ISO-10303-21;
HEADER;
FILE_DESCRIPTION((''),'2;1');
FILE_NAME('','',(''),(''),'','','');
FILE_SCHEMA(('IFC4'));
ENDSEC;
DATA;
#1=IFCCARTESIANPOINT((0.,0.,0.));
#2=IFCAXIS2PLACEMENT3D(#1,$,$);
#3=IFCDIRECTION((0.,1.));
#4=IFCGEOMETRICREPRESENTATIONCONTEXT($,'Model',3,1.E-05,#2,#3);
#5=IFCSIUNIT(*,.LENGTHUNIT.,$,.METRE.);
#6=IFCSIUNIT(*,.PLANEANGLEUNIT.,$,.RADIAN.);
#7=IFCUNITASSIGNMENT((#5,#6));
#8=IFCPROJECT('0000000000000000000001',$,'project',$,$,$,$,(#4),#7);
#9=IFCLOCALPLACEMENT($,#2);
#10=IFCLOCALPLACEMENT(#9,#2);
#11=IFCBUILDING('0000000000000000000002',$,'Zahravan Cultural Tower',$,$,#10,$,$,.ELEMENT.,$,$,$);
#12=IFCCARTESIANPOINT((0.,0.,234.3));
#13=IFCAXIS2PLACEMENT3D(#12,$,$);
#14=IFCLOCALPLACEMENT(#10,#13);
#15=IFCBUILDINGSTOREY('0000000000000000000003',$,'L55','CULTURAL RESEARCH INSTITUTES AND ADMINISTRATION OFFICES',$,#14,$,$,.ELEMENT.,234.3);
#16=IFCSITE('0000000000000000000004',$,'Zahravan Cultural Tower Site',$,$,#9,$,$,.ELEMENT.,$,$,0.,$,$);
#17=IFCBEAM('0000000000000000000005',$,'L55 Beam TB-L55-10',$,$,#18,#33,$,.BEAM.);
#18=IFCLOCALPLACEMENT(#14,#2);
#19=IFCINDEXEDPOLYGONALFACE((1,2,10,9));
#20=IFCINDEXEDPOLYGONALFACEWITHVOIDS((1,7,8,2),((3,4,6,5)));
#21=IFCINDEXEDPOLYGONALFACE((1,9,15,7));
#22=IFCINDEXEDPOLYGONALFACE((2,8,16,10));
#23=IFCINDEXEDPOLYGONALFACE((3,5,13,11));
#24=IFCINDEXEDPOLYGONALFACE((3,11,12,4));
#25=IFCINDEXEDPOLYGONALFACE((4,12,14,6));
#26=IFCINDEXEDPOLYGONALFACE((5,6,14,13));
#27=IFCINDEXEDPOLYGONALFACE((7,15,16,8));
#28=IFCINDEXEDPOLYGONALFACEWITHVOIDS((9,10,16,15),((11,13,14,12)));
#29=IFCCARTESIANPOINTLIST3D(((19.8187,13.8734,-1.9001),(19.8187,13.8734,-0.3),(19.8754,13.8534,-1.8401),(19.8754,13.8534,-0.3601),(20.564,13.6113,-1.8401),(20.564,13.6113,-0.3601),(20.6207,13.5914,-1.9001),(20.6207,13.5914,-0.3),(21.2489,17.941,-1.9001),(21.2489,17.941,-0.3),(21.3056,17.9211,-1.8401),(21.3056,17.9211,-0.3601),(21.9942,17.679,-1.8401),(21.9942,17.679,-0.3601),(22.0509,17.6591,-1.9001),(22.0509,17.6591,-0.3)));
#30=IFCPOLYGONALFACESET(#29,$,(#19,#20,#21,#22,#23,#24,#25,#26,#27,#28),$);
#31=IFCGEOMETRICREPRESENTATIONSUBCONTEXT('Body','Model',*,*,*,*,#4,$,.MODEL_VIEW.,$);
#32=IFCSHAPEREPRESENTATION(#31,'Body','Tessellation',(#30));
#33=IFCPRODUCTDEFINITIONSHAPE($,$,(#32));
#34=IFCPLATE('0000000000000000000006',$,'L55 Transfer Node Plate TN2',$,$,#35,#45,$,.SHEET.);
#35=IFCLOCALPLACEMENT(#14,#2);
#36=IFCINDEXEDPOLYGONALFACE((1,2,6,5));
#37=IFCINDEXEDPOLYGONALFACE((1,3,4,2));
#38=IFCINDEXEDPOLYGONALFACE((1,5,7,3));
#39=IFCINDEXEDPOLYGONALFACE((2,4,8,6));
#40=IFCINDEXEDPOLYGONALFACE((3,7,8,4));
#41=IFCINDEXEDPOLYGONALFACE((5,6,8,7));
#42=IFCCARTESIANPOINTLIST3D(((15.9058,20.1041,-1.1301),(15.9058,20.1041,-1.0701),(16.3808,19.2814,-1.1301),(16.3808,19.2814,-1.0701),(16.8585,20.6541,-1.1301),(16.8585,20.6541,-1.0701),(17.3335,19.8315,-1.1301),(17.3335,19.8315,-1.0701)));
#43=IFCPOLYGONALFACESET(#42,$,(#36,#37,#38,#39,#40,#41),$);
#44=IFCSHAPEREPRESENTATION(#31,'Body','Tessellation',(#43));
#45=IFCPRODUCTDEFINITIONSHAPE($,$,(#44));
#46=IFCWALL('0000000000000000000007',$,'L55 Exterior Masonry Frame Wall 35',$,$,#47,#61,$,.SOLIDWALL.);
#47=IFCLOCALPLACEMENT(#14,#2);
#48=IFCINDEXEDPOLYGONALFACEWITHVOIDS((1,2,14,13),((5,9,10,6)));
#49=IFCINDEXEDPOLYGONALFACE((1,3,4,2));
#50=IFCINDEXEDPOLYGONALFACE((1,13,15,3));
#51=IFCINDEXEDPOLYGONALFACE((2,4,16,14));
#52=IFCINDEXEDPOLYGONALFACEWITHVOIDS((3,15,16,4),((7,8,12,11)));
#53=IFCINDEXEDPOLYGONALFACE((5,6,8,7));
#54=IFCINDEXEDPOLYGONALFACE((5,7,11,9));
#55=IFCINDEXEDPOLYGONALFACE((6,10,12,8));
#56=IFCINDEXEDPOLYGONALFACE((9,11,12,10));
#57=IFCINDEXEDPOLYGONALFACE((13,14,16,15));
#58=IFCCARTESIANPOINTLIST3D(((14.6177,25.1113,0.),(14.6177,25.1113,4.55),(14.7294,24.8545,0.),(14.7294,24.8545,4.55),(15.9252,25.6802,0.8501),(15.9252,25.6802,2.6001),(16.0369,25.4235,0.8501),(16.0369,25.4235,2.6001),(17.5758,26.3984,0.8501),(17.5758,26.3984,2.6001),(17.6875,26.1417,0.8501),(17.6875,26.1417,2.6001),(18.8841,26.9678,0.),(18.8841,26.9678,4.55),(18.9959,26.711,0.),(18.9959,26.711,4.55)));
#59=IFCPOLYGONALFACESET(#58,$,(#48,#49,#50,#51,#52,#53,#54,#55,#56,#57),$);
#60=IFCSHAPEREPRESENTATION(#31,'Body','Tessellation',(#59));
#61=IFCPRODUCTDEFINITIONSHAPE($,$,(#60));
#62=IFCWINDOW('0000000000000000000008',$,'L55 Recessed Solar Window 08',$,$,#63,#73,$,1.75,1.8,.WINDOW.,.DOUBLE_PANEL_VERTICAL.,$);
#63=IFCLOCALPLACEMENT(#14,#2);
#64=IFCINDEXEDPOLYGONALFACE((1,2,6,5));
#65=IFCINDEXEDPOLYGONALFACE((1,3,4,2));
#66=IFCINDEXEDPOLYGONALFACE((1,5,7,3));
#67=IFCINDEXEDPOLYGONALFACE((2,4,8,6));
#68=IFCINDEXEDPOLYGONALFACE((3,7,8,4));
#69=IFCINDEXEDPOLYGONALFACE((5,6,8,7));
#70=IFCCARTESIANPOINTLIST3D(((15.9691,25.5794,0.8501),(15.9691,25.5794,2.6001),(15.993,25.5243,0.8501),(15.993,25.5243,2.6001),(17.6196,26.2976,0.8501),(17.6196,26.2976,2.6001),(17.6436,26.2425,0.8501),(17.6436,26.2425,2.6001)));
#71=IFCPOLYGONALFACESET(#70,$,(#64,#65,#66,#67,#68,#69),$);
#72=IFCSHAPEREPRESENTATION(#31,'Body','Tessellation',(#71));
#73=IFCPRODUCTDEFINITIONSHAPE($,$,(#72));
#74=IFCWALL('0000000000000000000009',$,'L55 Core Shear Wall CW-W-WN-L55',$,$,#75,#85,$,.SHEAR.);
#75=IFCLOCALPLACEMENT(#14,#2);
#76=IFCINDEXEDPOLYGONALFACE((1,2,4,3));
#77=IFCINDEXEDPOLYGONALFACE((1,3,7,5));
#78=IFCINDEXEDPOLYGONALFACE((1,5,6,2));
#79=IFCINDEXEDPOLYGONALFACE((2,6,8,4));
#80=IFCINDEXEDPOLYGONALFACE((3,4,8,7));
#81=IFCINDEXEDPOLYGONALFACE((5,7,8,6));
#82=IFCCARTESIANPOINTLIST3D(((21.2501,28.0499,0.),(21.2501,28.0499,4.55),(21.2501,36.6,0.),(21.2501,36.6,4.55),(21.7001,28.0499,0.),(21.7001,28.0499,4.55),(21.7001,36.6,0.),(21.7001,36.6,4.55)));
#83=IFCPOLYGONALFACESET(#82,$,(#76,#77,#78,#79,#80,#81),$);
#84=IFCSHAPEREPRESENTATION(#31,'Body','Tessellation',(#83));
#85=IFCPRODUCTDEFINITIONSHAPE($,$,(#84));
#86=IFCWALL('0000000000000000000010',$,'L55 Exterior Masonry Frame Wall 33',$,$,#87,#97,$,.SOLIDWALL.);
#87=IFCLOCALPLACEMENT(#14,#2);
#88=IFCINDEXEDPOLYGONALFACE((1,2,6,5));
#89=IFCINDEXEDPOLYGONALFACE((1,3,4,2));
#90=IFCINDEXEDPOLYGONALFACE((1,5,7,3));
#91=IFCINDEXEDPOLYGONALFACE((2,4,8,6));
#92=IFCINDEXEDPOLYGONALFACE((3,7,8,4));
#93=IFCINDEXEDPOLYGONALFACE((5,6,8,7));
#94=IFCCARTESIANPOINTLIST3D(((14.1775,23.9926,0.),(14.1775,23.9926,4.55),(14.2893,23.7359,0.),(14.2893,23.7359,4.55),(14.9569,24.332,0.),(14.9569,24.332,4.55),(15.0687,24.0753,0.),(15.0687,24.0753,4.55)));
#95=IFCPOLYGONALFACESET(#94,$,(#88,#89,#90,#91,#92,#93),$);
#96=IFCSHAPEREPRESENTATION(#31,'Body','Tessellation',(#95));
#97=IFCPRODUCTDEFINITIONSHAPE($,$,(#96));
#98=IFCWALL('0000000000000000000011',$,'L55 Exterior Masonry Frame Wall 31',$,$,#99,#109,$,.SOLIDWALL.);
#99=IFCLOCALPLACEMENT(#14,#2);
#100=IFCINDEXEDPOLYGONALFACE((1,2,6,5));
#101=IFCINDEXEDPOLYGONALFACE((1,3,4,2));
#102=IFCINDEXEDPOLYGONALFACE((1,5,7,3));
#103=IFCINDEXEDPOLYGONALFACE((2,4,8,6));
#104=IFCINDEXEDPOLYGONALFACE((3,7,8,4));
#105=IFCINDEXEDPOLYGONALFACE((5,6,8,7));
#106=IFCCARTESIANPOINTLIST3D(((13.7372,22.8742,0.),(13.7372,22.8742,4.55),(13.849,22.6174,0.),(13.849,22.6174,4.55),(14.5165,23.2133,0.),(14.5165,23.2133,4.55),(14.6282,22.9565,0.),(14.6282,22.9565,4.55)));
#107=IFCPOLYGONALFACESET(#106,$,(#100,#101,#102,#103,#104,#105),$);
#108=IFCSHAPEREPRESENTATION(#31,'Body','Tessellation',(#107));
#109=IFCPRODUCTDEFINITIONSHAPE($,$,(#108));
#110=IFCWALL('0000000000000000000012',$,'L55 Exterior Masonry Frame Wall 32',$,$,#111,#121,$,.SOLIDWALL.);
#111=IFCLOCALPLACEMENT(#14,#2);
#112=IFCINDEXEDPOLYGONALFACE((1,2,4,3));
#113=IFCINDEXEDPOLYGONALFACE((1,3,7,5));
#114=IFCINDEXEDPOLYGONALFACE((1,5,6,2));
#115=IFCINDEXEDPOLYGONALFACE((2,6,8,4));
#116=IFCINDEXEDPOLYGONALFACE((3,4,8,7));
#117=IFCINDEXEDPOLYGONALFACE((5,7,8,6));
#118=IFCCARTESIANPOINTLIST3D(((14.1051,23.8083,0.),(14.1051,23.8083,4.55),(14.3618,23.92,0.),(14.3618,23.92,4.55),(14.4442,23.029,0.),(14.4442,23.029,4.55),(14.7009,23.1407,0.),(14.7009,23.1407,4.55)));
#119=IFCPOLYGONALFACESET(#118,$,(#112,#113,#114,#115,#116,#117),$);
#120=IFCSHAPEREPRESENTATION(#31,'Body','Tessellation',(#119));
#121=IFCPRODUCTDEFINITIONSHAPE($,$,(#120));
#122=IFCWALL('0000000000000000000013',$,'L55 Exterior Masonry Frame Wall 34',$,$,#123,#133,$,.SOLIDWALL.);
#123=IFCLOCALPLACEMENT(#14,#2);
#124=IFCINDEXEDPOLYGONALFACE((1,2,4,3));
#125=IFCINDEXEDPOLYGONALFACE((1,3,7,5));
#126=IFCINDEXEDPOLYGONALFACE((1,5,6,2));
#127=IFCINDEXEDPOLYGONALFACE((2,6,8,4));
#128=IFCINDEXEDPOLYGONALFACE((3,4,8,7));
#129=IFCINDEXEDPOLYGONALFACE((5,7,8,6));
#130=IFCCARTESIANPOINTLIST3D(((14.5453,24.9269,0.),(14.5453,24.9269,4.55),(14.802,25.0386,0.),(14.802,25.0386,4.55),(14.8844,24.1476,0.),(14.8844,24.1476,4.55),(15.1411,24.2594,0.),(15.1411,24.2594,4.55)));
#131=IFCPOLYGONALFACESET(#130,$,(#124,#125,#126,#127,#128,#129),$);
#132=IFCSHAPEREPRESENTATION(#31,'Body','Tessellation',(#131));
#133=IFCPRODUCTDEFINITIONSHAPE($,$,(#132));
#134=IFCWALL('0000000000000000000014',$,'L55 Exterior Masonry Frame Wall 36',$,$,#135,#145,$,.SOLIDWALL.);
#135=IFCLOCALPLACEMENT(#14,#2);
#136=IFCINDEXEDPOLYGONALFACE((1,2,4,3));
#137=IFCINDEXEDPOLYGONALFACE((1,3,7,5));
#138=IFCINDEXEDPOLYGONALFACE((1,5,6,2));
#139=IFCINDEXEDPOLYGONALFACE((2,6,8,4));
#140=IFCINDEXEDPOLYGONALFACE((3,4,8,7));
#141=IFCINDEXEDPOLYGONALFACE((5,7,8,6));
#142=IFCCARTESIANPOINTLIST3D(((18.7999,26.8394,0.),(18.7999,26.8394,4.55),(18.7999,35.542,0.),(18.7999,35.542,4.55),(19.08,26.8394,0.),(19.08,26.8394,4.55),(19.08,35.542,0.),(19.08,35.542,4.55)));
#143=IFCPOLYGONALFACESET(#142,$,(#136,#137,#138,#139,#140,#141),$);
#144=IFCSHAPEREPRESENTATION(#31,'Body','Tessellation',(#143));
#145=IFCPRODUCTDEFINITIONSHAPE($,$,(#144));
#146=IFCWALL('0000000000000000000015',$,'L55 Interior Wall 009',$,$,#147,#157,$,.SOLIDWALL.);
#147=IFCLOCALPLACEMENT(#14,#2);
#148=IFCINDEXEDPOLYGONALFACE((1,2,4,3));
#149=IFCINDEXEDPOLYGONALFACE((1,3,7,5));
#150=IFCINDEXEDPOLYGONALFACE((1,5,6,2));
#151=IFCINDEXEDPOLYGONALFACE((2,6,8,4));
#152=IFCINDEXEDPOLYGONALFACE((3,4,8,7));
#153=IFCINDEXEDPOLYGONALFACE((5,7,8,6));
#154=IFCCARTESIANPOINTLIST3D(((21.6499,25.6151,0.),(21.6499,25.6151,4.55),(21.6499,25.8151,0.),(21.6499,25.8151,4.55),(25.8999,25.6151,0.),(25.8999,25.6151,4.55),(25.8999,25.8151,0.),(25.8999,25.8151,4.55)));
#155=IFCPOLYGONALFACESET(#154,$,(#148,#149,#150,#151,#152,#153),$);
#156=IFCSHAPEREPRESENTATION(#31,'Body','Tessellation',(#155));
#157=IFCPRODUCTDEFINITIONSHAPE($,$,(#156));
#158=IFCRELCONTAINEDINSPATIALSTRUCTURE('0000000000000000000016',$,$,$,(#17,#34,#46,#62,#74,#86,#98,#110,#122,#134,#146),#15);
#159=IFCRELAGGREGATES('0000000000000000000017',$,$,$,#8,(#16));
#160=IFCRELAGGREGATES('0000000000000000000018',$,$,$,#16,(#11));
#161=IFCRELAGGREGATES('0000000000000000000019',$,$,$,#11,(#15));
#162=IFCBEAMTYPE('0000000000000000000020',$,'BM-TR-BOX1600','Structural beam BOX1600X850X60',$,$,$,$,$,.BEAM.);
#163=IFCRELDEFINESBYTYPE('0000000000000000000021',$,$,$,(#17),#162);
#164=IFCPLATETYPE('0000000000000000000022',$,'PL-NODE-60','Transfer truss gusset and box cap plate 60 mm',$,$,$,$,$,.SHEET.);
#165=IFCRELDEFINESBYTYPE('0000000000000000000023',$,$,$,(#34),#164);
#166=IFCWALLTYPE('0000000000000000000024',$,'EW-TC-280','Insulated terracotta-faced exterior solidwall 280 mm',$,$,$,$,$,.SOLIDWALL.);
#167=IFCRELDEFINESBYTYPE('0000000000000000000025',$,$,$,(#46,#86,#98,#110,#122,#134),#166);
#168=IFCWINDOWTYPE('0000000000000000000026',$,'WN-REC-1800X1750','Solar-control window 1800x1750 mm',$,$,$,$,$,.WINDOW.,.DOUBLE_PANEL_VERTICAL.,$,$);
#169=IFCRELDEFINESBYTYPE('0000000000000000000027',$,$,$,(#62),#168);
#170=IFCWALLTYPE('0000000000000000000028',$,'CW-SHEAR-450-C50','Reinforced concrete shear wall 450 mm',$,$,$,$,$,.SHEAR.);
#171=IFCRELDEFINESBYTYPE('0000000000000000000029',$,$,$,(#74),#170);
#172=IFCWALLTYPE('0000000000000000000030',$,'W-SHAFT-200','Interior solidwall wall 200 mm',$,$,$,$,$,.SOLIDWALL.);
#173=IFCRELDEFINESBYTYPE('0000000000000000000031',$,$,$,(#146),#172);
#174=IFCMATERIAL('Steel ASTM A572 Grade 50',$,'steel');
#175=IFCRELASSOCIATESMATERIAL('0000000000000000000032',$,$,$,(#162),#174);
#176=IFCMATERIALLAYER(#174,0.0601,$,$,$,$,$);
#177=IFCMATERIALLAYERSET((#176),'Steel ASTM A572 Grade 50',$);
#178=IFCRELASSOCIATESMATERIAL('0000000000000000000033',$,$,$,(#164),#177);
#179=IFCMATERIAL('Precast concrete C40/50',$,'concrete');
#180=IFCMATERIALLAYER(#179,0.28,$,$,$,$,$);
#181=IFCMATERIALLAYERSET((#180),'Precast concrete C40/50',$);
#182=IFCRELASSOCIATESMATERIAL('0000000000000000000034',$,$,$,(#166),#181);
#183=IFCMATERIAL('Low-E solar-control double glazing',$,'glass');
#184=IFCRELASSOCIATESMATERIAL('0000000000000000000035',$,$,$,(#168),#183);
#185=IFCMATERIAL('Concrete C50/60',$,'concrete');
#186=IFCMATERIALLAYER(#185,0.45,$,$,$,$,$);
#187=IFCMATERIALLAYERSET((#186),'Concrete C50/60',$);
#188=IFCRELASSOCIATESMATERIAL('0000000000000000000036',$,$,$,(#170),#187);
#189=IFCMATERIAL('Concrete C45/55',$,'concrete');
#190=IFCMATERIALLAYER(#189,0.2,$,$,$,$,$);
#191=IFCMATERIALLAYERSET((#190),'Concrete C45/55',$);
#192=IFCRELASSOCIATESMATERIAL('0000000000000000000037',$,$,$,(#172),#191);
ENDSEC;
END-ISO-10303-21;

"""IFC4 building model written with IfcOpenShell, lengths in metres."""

from ifc_helpers import new_model, si_unit, direction, frame, frame_2d, origin, origin_2d, place, context, subcontext, project, spatial, rectangle, hollow_rectangle, extrude, source, transform, mapped, material, layer, layer_set, material_profile, profile_set, type_object, element, fill, save


model = new_model("IFC4")

# Units and contexts
model_context = context("Model", 3, precision=1e-05, world=origin(), true_north=direction((0.0, 1.0)))
body_context = subcontext(model_context, "Body", "Model", "MODEL_VIEW")
ifc_project = project(units=[si_unit("LENGTHUNIT", "METRE"), si_unit("PLANEANGLEUNIT", "RADIAN")], contexts=[model_context])

# Site, building, storey
site_placement = place(None, origin())
site = spatial("IfcSite", under=ifc_project, at=site_placement, Name="Zahravan Cultural Tower Site", CompositionType="ELEMENT", RefElevation=0.0)
building_placement = place(site_placement, origin())
building = spatial("IfcBuilding", under=site, at=building_placement, Name="Zahravan Cultural Tower", CompositionType="ELEMENT")
storey_placement = place(building_placement, frame((0.0, 0.0, 234.3)))
storey = spatial("IfcBuildingStorey", under=building, at=storey_placement, Name="L55", Description="CULTURAL RESEARCH INSTITUTES AND ADMINISTRATION OFFICES", CompositionType="ELEMENT", Elevation=234.3)

# Beam
ifc_material_1 = material(Name="Concrete C50/60", Category="concrete")
ifc_material_2 = material(Name="Steel ASTM A572 Grade 50", Category="steel")
ifc_material_profile_1 = material_profile(ifc_material_2, hollow_rectangle(XDim=0.8501, YDim=1.6001, WallThickness=0.0601, at=origin_2d()), Name="BOX1600X850X60")
ifc_profile_set_1 = profile_set([ifc_material_profile_1], Name="Steel ASTM A572 Grade 50")
beam_type_1 = type_object("IfcBeamType", Name="BM-TR-BOX1600", Description="Structural beam BOX1600X850X60", PredefinedType="BEAM", material=ifc_profile_set_1)
shared_shape_1 = source(origin(), body_context, "Body", "SweptSolid", [
    extrude(hollow_rectangle(XDim=0.8501, YDim=1.6001, WallThickness=0.0601, at=origin_2d()), origin(), (0.0, 0.0, 1.0), 4.3118),
])
beam_1_placement = place(storey_placement, frame((21.6499, 17.8, -1.1001), z_axis=(-0.331694, -0.943387, 0.0), x_axis=(0.943387, -0.331694, 0.0)))
element("IfcBeam", 1, at=beam_1_placement, inside=storey, type_object=beam_type_1, Name="L55 Beam TB-L55-10", PredefinedType="BEAM", context=body_context, shape_type="MappedRepresentation", body=[
    mapped(shared_shape_1, transform((0.0, 0.0, 0.0), x_axis=(1.0, 0.0, 0.0), y_axis=(0.0, 1.0, 0.0), z_axis=(0.0, 0.0, 1.0), scale=1.0)),
])

# Plate
ifc_layer_1 = layer(ifc_material_2, 0.0601)
ifc_layer_set_1 = layer_set([ifc_layer_1], Name="Steel ASTM A572 Grade 50")
plate_type = type_object("IfcPlateType", Name="PL-NODE-60", Description="Transfer truss gusset and box cap plate 60 mm", PredefinedType="SHEET", material=ifc_layer_set_1)
shared_shape_2 = source(origin(), body_context, "Body", "SweptSolid", [
    extrude(rectangle(XDim=1.1001, YDim=0.95, at=origin_2d()), origin(), (0.0, 0.0, 1.0), 0.0601),
])
plate_placement = place(storey_placement, frame((16.6196, 19.9678, -1.1301), z_axis=(0.0, 0.0, 1.0), x_axis=(0.866025, 0.5, 0.0)))
element("IfcPlate", 2, at=plate_placement, inside=storey, type_object=plate_type, Name="L55 Transfer Node Plate TN2", PredefinedType="SHEET", context=body_context, shape_type="MappedRepresentation", body=[
    mapped(shared_shape_2, transform((0.0, 0.0, 0.0), x_axis=(1.0, 0.0, 0.0), y_axis=(0.0, 1.0, 0.0), z_axis=(0.0, 0.0, 1.0), scale=1.0)),
])

# Wall, opening, window
ifc_material_3 = material(Name="Precast concrete C40/50", Category="concrete")
ifc_layer_2 = layer(ifc_material_3, 0.28)
ifc_layer_set_2 = layer_set([ifc_layer_2], Name="Precast concrete C40/50")
wall_type_1 = type_object("IfcWallType", Name="EW-TC-280", Description="Insulated terracotta-faced exterior solidwall 280 mm", PredefinedType="SOLIDWALL", material=ifc_layer_set_2)
wall_1_placement = place(storey_placement, frame((14.6736, 24.9829, 0.0), z_axis=(0.0, 0.0, 1.0), x_axis=(0.916952, 0.398999, 0.0)))
wall_1 = element("IfcWall", 3, at=wall_1_placement, inside=storey, type_object=wall_type_1, Name="L55 Exterior Masonry Frame Wall 35", PredefinedType="SOLIDWALL", context=body_context, shape_type="SweptSolid", body=[
    extrude(rectangle(XDim=4.6528, YDim=0.28, at=frame_2d((2.3264, 0.0))), origin(), (0.0, 0.0, 1.0), 4.55),
])
opening_placement = place(wall_1_placement, frame((1.426, 0.0, 0.8501)))
opening = element("IfcOpeningElement", 4, at=opening_placement, cuts=wall_1, PredefinedType="OPENING", context=body_context, shape_type="SweptSolid", body=[
    extrude(rectangle(XDim=1.8, YDim=1.75, at=frame_2d((0.8999, 0.875))), frame((0.0, 0.1499, 0.0), z_axis=(0.0, -1.0, 0.0), x_axis=(1.0, 0.0, 0.0)), (0.0, 0.0, 1.0), 0.3),
])
ifc_material_4 = material(Name="Low-E solar-control double glazing", Category="glass")
window_type = type_object("IfcWindowType", Name="WN-REC-1800X1750", Description="Solar-control window 1800x1750 mm", PartitioningType="DOUBLE_PANEL_VERTICAL", PredefinedType="WINDOW", material=ifc_material_4)
shared_shape_3 = source(origin(), body_context, "Body", "SweptSolid", [
    extrude(rectangle(XDim=1.8, YDim=1.75, at=frame_2d((0.8999, 0.875))), frame((0.0, 0.03, 0.0), z_axis=(0.0, -1.0, 0.0), x_axis=(1.0, 0.0, 0.0)), (0.0, 0.0, 1.0), 0.0601),
])
window_placement = place(opening_placement, origin())
window = element("IfcWindow", 5, at=window_placement, inside=storey, type_object=window_type, Name="L55 Recessed Solar Window 08", OverallHeight=1.75, OverallWidth=1.8, PartitioningType="DOUBLE_PANEL_VERTICAL", PredefinedType="WINDOW", context=body_context, shape_type="MappedRepresentation", body=[
    mapped(shared_shape_3, transform((0.0, 0.0, 0.0), x_axis=(1.0, 0.0, 0.0), y_axis=(0.0, 1.0, 0.0), z_axis=(0.0, 0.0, 1.0), scale=1.0)),
])
fill(opening, window)

# Walls
ifc_layer_3 = layer(ifc_material_1, 0.45)
ifc_layer_set_3 = layer_set([ifc_layer_3], Name="Concrete C50/60")
wall_type_2 = type_object("IfcWallType", Name="CW-SHEAR-450-C50", Description="Reinforced concrete shear wall 450 mm", PredefinedType="SHEAR", material=ifc_layer_set_3)
shared_shape_4 = source(origin(), body_context, "Body", "SweptSolid", [
    extrude(rectangle(XDim=8.55, YDim=0.45, at=frame_2d((4.2749, 0.0))), origin(), (0.0, 0.0, 1.0), 4.55),
])
wall_2_placement = place(storey_placement, frame((21.4751, 28.05, 0.0), z_axis=(0.0, 0.0, 1.0), x_axis=(0.0, 1.0, 0.0)))
element("IfcWall", 6, at=wall_2_placement, inside=storey, type_object=wall_type_2, Name="L55 Core Shear Wall CW-W-WN-L55", PredefinedType="SHEAR", context=body_context, shape_type="MappedRepresentation", body=[
    mapped(shared_shape_4, transform((0.0, 0.0, 0.0), x_axis=(1.0, 0.0, 0.0), y_axis=(0.0, 1.0, 0.0), z_axis=(0.0, 0.0, 1.0), scale=1.0)),
])
shared_shape_5 = source(origin(), body_context, "Body", "SweptSolid", [
    extrude(rectangle(XDim=0.8501, YDim=0.28, at=frame_2d((0.425, 0.0))), origin(), (0.0, 0.0, 1.0), 4.55),
])
wall_3_placement = place(storey_placement, frame((14.2334, 23.8643, 0.0), z_axis=(0.0, 0.0, 1.0), x_axis=(0.916842, 0.399251, 0.0)))
element("IfcWall", 7, at=wall_3_placement, inside=storey, type_object=wall_type_1, Name="L55 Exterior Masonry Frame Wall 33", PredefinedType="SOLIDWALL", context=body_context, shape_type="MappedRepresentation", body=[
    mapped(shared_shape_5, transform((0.0, 0.0, 0.0), x_axis=(1.0, 0.0, 0.0), y_axis=(0.0, 1.0, 0.0), z_axis=(0.0, 0.0, 1.0), scale=1.0)),
])
shared_shape_6 = source(origin(), body_context, "Body", "SweptSolid", [
    extrude(rectangle(XDim=0.8499, YDim=0.28, at=frame_2d((0.4248, 0.0))), origin(), (0.0, 0.0, 1.0), 4.55),
])
for number, where, z_axis, x_axis, name in (
    (8, (13.7932, 22.7458, 0.0), (0.0, 0.0, 1.0), (0.916947, 0.39901, 0.0), "L55 Exterior Masonry Frame Wall 31"),
    (9, (14.5725, 23.085, 0.0), (0.0, 0.0, 1.0), (-0.39901, 0.916947, 0.0), "L55 Exterior Masonry Frame Wall 32"),
    (10, (15.0127, 24.2036, 0.0), (0.0, 0.0, 1.0), (-0.39901, 0.916947, 0.0), "L55 Exterior Masonry Frame Wall 34"),
):
    element("IfcWall", number, at=place(storey_placement, frame(where, z_axis=z_axis, x_axis=x_axis)), inside=storey, type_object=wall_type_1, Name=name, PredefinedType="SOLIDWALL", context=body_context, shape_type="MappedRepresentation", body=[
        mapped(shared_shape_6, transform((0.0, 0.0, 0.0), x_axis=(1.0, 0.0, 0.0), y_axis=(0.0, 1.0, 0.0), z_axis=(0.0, 0.0, 1.0), scale=1.0)),
    ])
shared_shape_7 = source(origin(), body_context, "Body", "SweptSolid", [
    extrude(rectangle(XDim=8.7026, YDim=0.28, at=frame_2d((4.3513, 0.0))), origin(), (0.0, 0.0, 1.0), 4.55),
])
wall_4_placement = place(storey_placement, frame((18.9399, 26.8394, 0.0), z_axis=(0.0, 0.0, 1.0), x_axis=(0.0, 1.0, 0.0)))
element("IfcWall", 11, at=wall_4_placement, inside=storey, type_object=wall_type_1, Name="L55 Exterior Masonry Frame Wall 36", PredefinedType="SOLIDWALL", context=body_context, shape_type="MappedRepresentation", body=[
    mapped(shared_shape_7, transform((0.0, 0.0, 0.0), x_axis=(1.0, 0.0, 0.0), y_axis=(0.0, 1.0, 0.0), z_axis=(0.0, 0.0, 1.0), scale=1.0)),
])
ifc_material_5 = material(Name="Concrete C45/55", Category="concrete")
ifc_layer_4 = layer(ifc_material_5, 0.2)
ifc_layer_set_4 = layer_set([ifc_layer_4], Name="Concrete C45/55")
wall_type_3 = type_object("IfcWallType", Name="W-SHAFT-200", Description="Interior solidwall wall 200 mm", PredefinedType="SOLIDWALL", material=ifc_layer_set_4)
shared_shape_8 = source(origin(), body_context, "Body", "SweptSolid", [
    extrude(rectangle(XDim=4.25, YDim=0.2, at=frame_2d((2.125, 0.0))), origin(), (0.0, 0.0, 1.0), 4.55),
])
wall_5_placement = place(storey_placement, frame((21.6499, 25.7151, 0.0), z_axis=(0.0, 0.0, 1.0), x_axis=(1.0, 0.0, 0.0)))
element("IfcWall", 12, at=wall_5_placement, inside=storey, type_object=wall_type_3, Name="L55 Interior Wall 009", PredefinedType="SOLIDWALL", context=body_context, shape_type="MappedRepresentation", body=[
    mapped(shared_shape_8, transform((0.0, 0.0, 0.0), x_axis=(1.0, 0.0, 0.0), y_axis=(0.0, 1.0, 0.0), z_axis=(0.0, 0.0, 1.0), scale=1.0)),
])

save(model, "model.ifc")
